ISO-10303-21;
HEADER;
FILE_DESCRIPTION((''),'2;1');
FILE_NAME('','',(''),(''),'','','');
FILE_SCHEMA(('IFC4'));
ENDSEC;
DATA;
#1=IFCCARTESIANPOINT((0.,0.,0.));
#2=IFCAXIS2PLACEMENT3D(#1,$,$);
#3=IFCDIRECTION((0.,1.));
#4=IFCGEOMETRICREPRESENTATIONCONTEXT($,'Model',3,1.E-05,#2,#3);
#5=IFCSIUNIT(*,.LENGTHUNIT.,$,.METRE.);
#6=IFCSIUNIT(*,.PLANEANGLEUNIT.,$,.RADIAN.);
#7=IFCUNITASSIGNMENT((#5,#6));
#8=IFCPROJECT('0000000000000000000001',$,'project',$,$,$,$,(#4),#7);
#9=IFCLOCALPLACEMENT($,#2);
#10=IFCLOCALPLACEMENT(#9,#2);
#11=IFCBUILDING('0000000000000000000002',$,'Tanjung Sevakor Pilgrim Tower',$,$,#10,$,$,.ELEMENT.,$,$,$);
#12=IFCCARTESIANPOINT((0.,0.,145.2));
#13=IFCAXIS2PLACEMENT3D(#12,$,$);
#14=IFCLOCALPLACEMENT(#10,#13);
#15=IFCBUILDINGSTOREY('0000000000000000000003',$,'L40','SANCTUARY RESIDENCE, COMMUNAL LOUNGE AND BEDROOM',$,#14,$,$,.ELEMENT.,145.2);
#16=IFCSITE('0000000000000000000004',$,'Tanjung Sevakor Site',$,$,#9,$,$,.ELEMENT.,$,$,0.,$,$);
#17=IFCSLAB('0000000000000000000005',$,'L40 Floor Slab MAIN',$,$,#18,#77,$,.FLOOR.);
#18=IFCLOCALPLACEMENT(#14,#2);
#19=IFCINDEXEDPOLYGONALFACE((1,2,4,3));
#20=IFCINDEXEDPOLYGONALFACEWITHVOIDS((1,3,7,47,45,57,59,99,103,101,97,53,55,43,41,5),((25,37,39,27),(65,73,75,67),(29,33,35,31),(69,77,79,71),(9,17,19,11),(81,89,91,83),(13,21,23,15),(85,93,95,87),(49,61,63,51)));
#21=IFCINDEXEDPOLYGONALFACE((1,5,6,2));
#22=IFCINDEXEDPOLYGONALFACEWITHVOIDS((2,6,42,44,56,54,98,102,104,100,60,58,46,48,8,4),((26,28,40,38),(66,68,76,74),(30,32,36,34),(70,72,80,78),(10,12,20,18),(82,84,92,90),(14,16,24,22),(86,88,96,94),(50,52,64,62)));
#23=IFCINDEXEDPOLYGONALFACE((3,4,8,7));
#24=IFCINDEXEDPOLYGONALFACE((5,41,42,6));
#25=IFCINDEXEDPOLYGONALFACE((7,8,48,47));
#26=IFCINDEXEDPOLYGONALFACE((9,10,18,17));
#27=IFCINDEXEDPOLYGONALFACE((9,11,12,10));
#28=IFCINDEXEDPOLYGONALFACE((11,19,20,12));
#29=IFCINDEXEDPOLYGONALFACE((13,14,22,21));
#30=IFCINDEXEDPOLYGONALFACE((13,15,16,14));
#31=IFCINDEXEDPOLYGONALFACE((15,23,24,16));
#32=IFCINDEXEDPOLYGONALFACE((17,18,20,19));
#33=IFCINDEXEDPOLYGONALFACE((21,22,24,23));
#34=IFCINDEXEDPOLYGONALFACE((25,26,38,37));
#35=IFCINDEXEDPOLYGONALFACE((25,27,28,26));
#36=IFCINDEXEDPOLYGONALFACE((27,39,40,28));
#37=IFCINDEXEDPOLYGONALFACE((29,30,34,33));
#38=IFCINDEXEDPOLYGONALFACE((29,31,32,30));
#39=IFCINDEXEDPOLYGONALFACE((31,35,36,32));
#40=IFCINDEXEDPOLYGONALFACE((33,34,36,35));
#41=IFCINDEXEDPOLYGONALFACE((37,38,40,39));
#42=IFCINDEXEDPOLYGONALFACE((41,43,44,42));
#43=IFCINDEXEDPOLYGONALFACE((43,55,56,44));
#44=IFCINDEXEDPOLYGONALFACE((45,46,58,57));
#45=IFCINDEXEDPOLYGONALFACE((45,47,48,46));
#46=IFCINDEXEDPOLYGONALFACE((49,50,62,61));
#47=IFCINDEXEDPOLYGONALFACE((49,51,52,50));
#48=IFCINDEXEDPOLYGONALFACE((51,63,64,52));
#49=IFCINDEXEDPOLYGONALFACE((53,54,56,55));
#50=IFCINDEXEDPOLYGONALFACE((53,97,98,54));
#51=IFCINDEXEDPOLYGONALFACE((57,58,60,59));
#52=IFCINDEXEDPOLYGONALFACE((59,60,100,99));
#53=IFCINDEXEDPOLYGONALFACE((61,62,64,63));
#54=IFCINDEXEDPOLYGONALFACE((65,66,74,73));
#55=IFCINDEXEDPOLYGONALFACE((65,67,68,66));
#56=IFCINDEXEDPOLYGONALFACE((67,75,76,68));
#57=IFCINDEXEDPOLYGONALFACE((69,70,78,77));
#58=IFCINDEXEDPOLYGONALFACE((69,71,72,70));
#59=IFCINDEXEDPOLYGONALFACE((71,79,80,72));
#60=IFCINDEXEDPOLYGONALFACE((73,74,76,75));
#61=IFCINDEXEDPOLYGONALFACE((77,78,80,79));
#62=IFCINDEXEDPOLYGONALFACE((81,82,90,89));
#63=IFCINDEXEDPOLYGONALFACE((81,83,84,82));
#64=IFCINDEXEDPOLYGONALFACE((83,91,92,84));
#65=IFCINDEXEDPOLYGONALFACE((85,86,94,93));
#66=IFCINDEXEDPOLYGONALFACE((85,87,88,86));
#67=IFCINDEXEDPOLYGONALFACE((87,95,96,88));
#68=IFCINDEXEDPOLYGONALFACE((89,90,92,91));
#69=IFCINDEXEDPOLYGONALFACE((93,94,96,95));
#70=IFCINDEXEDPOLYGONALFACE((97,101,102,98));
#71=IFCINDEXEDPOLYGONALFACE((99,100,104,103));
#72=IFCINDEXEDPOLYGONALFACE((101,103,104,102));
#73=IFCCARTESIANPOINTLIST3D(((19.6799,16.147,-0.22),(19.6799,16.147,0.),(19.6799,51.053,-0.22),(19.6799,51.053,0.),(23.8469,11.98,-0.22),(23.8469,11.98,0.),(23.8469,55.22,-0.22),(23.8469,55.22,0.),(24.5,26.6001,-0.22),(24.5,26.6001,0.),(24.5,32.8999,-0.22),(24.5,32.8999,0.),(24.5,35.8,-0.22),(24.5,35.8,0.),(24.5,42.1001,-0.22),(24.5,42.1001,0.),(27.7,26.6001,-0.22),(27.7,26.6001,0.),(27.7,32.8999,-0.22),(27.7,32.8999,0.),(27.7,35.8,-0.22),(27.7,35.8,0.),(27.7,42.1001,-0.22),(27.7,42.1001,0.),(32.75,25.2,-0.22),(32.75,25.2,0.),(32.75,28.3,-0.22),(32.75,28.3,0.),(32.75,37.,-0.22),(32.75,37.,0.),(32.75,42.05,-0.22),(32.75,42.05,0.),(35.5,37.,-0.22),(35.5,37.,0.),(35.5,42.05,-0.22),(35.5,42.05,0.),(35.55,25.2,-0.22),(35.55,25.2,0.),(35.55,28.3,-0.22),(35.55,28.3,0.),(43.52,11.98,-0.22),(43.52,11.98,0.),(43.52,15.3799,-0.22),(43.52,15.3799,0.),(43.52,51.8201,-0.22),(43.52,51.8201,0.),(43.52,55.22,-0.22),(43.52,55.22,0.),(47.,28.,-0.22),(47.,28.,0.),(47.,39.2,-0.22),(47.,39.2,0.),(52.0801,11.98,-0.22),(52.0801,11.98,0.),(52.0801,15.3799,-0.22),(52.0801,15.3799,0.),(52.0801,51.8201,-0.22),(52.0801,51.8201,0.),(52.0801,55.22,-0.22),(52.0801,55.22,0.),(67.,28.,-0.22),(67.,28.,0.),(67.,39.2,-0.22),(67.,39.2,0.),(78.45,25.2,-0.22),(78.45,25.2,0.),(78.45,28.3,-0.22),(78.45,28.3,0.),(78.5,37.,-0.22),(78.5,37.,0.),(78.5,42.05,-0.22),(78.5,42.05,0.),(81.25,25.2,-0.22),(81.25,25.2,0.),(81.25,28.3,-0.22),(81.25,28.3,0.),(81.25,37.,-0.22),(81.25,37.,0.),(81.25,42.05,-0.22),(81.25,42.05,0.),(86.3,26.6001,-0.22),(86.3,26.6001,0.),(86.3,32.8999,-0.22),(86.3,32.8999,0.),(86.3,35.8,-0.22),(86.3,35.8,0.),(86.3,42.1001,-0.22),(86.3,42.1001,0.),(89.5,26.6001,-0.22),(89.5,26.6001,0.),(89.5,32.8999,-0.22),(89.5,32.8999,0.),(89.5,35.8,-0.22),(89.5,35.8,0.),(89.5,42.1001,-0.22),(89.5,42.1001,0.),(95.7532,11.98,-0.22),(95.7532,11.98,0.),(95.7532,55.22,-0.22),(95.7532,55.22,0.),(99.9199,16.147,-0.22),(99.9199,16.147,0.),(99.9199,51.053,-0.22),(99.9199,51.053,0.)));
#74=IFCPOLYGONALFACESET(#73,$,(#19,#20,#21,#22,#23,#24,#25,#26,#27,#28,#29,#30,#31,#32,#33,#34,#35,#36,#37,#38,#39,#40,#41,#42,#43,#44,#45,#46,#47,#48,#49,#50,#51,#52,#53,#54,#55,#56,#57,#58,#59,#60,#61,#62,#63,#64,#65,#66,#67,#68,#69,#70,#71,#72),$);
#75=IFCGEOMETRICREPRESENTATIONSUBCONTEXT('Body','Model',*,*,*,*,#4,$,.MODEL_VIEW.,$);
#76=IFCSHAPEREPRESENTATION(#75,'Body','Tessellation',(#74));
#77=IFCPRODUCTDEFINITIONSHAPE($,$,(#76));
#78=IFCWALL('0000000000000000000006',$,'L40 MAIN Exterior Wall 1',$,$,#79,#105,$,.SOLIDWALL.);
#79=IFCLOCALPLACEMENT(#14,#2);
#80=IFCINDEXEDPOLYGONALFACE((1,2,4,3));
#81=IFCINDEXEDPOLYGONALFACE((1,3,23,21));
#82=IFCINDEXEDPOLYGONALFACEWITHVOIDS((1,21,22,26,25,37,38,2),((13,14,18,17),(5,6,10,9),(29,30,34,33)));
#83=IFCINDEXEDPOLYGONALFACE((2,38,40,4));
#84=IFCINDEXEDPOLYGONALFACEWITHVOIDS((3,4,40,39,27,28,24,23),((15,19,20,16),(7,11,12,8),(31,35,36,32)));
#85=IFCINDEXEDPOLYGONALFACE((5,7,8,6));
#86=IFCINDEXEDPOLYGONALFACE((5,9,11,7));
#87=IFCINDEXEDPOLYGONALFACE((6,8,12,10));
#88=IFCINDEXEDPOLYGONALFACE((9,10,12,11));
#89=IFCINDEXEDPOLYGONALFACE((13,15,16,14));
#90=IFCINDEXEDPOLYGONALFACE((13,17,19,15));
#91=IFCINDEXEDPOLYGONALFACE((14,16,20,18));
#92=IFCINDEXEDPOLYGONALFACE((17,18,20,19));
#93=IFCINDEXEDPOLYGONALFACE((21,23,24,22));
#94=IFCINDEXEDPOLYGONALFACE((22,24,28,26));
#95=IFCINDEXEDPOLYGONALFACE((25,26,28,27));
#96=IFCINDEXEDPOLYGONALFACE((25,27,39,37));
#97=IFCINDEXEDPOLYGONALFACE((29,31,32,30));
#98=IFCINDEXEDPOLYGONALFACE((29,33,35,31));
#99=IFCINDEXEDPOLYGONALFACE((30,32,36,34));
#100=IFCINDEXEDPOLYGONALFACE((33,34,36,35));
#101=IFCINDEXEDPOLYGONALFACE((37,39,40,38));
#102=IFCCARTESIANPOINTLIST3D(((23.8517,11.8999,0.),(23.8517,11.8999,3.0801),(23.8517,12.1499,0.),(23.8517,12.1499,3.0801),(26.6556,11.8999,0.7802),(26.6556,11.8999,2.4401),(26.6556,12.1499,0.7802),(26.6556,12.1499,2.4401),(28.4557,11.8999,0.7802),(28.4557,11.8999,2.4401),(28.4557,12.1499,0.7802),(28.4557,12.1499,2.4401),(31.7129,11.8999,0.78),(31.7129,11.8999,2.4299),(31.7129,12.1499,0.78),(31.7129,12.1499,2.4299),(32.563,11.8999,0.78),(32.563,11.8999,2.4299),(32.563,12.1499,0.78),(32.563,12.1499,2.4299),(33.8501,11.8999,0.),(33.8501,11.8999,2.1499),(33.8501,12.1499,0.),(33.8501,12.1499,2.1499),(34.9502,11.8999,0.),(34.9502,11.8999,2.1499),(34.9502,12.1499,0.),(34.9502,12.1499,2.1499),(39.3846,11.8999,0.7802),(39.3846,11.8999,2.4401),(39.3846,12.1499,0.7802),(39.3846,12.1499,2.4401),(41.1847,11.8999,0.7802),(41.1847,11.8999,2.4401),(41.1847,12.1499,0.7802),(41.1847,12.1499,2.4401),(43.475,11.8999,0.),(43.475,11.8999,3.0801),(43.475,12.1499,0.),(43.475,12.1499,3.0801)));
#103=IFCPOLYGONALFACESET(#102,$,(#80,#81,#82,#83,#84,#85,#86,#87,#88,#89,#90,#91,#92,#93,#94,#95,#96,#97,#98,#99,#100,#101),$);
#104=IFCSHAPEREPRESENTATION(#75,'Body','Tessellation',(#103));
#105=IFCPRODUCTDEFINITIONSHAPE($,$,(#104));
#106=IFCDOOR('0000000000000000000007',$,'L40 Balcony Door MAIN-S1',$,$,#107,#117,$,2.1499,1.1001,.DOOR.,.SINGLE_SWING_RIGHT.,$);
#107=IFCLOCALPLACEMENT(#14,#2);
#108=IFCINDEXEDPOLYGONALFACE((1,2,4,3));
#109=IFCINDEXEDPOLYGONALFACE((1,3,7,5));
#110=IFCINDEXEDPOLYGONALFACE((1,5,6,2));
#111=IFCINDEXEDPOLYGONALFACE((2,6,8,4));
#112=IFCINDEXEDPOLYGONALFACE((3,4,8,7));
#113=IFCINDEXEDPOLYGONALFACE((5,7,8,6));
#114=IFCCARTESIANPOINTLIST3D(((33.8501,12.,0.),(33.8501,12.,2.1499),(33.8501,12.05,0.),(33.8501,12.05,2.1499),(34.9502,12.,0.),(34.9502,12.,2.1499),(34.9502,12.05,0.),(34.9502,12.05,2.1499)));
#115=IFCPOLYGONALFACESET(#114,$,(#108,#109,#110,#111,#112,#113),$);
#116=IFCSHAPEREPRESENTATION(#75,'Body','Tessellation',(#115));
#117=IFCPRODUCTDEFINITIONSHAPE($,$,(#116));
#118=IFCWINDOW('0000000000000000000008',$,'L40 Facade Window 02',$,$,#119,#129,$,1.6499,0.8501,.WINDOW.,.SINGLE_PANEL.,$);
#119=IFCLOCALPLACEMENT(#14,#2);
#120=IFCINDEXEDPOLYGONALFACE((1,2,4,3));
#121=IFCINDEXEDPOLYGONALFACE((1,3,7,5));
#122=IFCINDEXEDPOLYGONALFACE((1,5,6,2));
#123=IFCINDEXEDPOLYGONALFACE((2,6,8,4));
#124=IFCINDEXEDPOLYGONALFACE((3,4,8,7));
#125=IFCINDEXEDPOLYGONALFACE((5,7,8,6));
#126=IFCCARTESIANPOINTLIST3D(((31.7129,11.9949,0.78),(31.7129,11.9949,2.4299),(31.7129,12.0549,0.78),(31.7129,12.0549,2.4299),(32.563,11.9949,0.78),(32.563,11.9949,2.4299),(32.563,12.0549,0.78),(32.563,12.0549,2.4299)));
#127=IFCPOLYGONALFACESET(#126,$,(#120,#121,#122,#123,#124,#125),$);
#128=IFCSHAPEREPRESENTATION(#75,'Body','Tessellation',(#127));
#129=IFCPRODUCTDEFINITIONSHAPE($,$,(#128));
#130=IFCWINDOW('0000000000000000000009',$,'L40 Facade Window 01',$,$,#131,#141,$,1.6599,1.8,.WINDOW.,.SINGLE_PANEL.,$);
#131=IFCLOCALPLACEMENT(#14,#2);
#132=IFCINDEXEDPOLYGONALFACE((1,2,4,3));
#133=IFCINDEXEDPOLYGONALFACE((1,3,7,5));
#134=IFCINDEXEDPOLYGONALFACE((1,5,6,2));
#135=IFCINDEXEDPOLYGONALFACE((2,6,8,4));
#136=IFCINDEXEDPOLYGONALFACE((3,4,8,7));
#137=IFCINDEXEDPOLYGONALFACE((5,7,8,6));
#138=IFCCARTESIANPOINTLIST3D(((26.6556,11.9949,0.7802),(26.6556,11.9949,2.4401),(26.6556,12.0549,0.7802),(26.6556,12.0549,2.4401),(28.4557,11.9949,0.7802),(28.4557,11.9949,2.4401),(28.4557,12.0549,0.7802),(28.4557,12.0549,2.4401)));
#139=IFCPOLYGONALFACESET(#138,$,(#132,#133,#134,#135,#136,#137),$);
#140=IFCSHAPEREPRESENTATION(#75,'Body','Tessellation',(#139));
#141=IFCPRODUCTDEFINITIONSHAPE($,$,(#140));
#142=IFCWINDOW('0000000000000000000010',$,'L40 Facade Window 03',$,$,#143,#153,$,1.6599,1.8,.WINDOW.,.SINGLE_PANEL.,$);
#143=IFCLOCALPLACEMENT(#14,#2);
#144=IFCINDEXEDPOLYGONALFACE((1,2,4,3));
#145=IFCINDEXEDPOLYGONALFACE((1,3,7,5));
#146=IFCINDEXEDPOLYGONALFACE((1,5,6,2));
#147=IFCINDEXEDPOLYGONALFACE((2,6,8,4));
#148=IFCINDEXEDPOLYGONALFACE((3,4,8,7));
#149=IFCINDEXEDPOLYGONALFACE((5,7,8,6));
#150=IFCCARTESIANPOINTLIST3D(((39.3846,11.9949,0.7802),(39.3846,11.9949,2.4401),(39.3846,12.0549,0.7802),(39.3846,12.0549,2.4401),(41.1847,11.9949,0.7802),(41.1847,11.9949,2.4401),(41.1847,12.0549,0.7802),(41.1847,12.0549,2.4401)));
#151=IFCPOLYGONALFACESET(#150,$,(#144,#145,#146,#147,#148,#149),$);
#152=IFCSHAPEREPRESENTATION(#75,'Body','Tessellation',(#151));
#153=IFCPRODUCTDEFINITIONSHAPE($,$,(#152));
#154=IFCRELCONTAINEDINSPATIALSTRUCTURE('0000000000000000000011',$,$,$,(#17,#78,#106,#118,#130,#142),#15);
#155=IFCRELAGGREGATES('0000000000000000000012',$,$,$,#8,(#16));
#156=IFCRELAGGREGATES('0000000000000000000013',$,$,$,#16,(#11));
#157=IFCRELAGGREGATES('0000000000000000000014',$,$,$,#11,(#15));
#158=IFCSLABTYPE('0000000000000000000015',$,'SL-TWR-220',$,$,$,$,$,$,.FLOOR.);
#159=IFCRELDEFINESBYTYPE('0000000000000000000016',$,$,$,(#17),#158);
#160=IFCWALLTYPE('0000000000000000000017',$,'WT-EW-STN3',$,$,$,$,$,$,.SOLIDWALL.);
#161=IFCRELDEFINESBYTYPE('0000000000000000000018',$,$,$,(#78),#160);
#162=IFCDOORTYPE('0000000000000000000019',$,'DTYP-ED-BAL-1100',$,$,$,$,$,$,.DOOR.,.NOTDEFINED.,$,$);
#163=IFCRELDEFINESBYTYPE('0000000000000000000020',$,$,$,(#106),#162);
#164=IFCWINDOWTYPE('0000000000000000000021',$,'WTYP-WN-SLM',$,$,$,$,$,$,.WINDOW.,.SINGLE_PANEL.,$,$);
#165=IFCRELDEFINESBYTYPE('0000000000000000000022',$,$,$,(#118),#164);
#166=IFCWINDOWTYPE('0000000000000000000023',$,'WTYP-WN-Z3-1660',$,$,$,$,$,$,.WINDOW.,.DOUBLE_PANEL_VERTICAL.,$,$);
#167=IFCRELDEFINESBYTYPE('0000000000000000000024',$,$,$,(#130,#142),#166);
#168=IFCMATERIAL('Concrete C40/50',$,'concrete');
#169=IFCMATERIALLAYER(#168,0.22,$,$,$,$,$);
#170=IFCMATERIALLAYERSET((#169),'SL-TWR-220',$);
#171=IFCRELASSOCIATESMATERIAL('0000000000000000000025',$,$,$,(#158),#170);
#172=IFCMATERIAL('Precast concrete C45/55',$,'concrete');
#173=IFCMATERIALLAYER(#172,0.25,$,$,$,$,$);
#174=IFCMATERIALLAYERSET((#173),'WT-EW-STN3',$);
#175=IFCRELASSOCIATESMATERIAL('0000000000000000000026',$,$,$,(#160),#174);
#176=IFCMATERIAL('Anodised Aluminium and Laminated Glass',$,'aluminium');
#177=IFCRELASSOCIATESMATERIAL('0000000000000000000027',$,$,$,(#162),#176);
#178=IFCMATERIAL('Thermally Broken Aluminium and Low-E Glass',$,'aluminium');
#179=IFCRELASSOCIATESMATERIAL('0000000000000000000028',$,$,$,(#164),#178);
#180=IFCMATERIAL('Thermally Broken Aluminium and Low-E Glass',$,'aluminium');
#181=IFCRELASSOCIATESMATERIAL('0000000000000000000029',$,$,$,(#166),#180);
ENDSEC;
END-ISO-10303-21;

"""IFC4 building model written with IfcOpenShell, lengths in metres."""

from ifc_helpers import new_model, si_unit, direction, frame, frame_2d, origin, place, context, subcontext, project, spatial, polyline, rectangle, outline, extrude, material, layer, layer_set, type_object, element, fill, save


model = new_model("IFC4")

# Units and contexts
model_context = context("Model", 3, precision=1e-05, world=origin(), true_north=direction((0.0, 1.0)))
body_context = subcontext(model_context, "Body", "Model", "MODEL_VIEW")
ifc_project = project(units=[si_unit("LENGTHUNIT", "METRE"), si_unit("PLANEANGLEUNIT", "RADIAN")], contexts=[model_context])

# Site, building, storey
site_placement = place(None, origin())
site = spatial("IfcSite", under=ifc_project, at=site_placement, Name="Tanjung Sevakor Site", CompositionType="ELEMENT", RefElevation=0.0)
building_placement = place(site_placement, origin())
building = spatial("IfcBuilding", under=site, at=building_placement, Name="Tanjung Sevakor Pilgrim Tower", CompositionType="ELEMENT")
storey_placement = place(building_placement, frame((0.0, 0.0, 145.2)))
storey = spatial("IfcBuildingStorey", under=building, at=storey_placement, Name="L40", Description="SANCTUARY RESIDENCE, COMMUNAL LOUNGE AND BEDROOM", CompositionType="ELEMENT", Elevation=145.2)

# Slab
ifc_material_1 = material(Name="Concrete C40/50", Category="concrete")
ifc_layer_1 = layer(ifc_material_1, 0.22)
ifc_layer_set_1 = layer_set([ifc_layer_1], Name="SL-TWR-220")
slab_type_1 = type_object("IfcSlabType", Name="SL-TWR-220", PredefinedType="FLOOR", material=ifc_layer_set_1)
slab_1_placement = place(storey_placement, frame((0.0, 0.0, -0.22)))
element("IfcSlab", 1, at=slab_1_placement, inside=storey, type_object=slab_type_1, Name="L40 Floor Slab MAIN", PredefinedType="FLOOR", context=body_context, shape_type="SweptSolid", body=[
    extrude(outline(polyline([(23.8469, 11.98), (43.52, 11.98), (43.52, 15.3799), (52.0801, 15.3799), (52.0801, 11.98), (95.7532, 11.98), (99.9199, 16.147), (99.9199, 51.053), (95.7532, 55.22), (52.0801, 55.22), (52.0801, 51.8201), (43.52, 51.8201), (43.52, 55.22), (23.8469, 55.22), (19.6799, 51.053), (19.6799, 16.147), (23.8469, 11.98)]), holes=[polyline([(27.7, 26.6001), (27.7, 32.8999), (24.5, 32.8999), (24.5, 26.6001), (27.7, 26.6001)]), polyline([(27.7, 35.8), (27.7, 42.1001), (24.5, 42.1001), (24.5, 35.8), (27.7, 35.8)]), polyline([(89.5, 26.6001), (89.5, 32.8999), (86.3, 32.8999), (86.3, 26.6001), (89.5, 26.6001)]), polyline([(89.5, 35.8), (89.5, 42.1001), (86.3, 42.1001), (86.3, 35.8), (89.5, 35.8)]), polyline([(32.75, 25.2), (35.55, 25.2), (35.55, 28.3), (32.75, 28.3), (32.75, 25.2)]), polyline([(32.75, 37.0), (35.5, 37.0), (35.5, 42.05), (32.75, 42.05), (32.75, 37.0)]), polyline([(78.45, 25.2), (81.25, 25.2), (81.25, 28.3), (78.45, 28.3), (78.45, 25.2)]), polyline([(78.5, 37.0), (81.25, 37.0), (81.25, 42.05), (78.5, 42.05), (78.5, 37.0)]), polyline([(47.0, 28.0), (67.0, 28.0), (67.0, 39.2), (47.0, 39.2), (47.0, 28.0)])]), origin(), (0.0, 0.0, 1.0), 0.22),
])

# Wall, openings, door, windows
ifc_material_2 = material(Name="Precast concrete C45/55", Category="concrete")
ifc_layer_2 = layer(ifc_material_2, 0.25)
ifc_layer_set_2 = layer_set([ifc_layer_2], Name="WT-EW-STN3")
wall_type = type_object("IfcWallType", Name="WT-EW-STN3", PredefinedType="SOLIDWALL", material=ifc_layer_set_2)
wall_placement = place(storey_placement, frame((23.8518, 12.0249, 0.0), z_axis=(0.0, 0.0, 1.0), x_axis=(1.0, 0.0, 0.0)))
wall = element("IfcWall", 2, at=wall_placement, inside=storey, type_object=wall_type, Name="L40 MAIN Exterior Wall 1", PredefinedType="SOLIDWALL", context=body_context, shape_type="SweptSolid", body=[
    extrude(rectangle(XDim=19.6233, YDim=0.25, at=frame_2d((9.8115, 0.0))), origin(), (0.0, 0.0, 1.0), 3.0801),
])
opening_1_placement = place(wall_placement, frame((9.9983, 0.0, 0.0)))
opening_1 = element("IfcOpeningElement", 3, at=opening_1_placement, cuts=wall, PredefinedType="OPENING", context=body_context, shape_type="SweptSolid", body=[
    extrude(rectangle(XDim=1.1001, YDim=2.1499, at=frame_2d((0.55, 1.075))), frame((0.0, 0.135, 0.0), z_axis=(0.0, -1.0, 0.0), x_axis=(1.0, 0.0, 0.0)), (0.0, 0.0, 1.0), 0.27),
])
opening_2_placement = place(wall_placement, frame((2.804, 0.0, 0.78)))
opening_2 = element("IfcOpeningElement", 4, at=opening_2_placement, cuts=wall, PredefinedType="OPENING", context=body_context, shape_type="SweptSolid", body=[
    extrude(rectangle(XDim=1.8, YDim=1.6599, at=frame_2d((0.8999, 0.8301))), frame((0.0, 0.135, 0.0), z_axis=(0.0, -1.0, 0.0), x_axis=(1.0, 0.0, 0.0)), (0.0, 0.0, 1.0), 0.27),
])
opening_3_placement = place(wall_placement, frame((7.8611, 0.0, 0.78)))
opening_3 = element("IfcOpeningElement", 5, at=opening_3_placement, cuts=wall, PredefinedType="OPENING", context=body_context, shape_type="SweptSolid", body=[
    extrude(rectangle(XDim=0.8501, YDim=1.6499, at=frame_2d((0.425, 0.825))), frame((0.0, 0.135, 0.0), z_axis=(0.0, -1.0, 0.0), x_axis=(1.0, 0.0, 0.0)), (0.0, 0.0, 1.0), 0.27),
])
opening_4_placement = place(wall_placement, frame((15.533, 0.0, 0.78)))
opening_4 = element("IfcOpeningElement", 6, at=opening_4_placement, cuts=wall, PredefinedType="OPENING", context=body_context, shape_type="SweptSolid", body=[
    extrude(rectangle(XDim=1.8, YDim=1.6599, at=frame_2d((0.8999, 0.8301))), frame((0.0, 0.135, 0.0), z_axis=(0.0, -1.0, 0.0), x_axis=(1.0, 0.0, 0.0)), (0.0, 0.0, 1.0), 0.27),
])
ifc_material_3 = material(Name="Anodised Aluminium and Laminated Glass", Category="aluminium")
door_type = type_object("IfcDoorType", Name="DTYP-ED-BAL-1100", OperationType="NOTDEFINED", PredefinedType="DOOR", material=ifc_material_3)
door_placement = place(opening_1_placement, frame((1.1001, 0.0, 0.0), z_axis=(0.0, 0.0, 1.0), x_axis=(-1.0, 0.0, 0.0)))
door = element("IfcDoor", 7, at=door_placement, inside=storey, type_object=door_type, Name="L40 Balcony Door MAIN-S1", OperationType="SINGLE_SWING_RIGHT", OverallHeight=2.1499, OverallWidth=1.1001, PredefinedType="DOOR", context=body_context, shape_type="SweptSolid", body=[
    extrude(rectangle(XDim=1.1001, YDim=2.1499, at=frame_2d((0.55, 1.075))), frame((0.0, 0.0249, 0.0), z_axis=(0.0, -1.0, 0.0), x_axis=(1.0, 0.0, 0.0)), (0.0, 0.0, 1.0), 0.05),
])
fill(opening_1, door)
ifc_material_4 = material(Name="Thermally Broken Aluminium and Low-E Glass", Category="aluminium")
window_type_1 = type_object("IfcWindowType", Name="WTYP-WN-SLM", PartitioningType="SINGLE_PANEL", PredefinedType="WINDOW", material=ifc_material_4)
window_1_placement = place(opening_3_placement, origin())
window_1 = element("IfcWindow", 8, at=window_1_placement, inside=storey, type_object=window_type_1, Name="L40 Facade Window 02", OverallHeight=1.6499, OverallWidth=0.8501, PartitioningType="SINGLE_PANEL", PredefinedType="WINDOW", context=body_context, shape_type="SweptSolid", body=[
    extrude(rectangle(XDim=0.8501, YDim=1.6499, at=frame_2d((0.425, 0.825))), frame((0.0, 0.03, 0.0), z_axis=(0.0, -1.0, 0.0), x_axis=(1.0, 0.0, 0.0)), (0.0, 0.0, 1.0), 0.0601),
])
fill(opening_3, window_1)
ifc_material_5 = material(Name="Thermally Broken Aluminium and Low-E Glass", Category="aluminium")
window_type_2 = type_object("IfcWindowType", Name="WTYP-WN-Z3-1660", PartitioningType="DOUBLE_PANEL_VERTICAL", PredefinedType="WINDOW", material=ifc_material_5)
window_2_placement = place(opening_2_placement, origin())
window_2 = element("IfcWindow", 9, at=window_2_placement, inside=storey, type_object=window_type_2, Name="L40 Facade Window 01", OverallHeight=1.6599, OverallWidth=1.8, PartitioningType="SINGLE_PANEL", PredefinedType="WINDOW", context=body_context, shape_type="SweptSolid", body=[
    extrude(rectangle(XDim=1.8, YDim=1.6599, at=frame_2d((0.8999, 0.8301))), frame((0.0, 0.03, 0.0), z_axis=(0.0, -1.0, 0.0), x_axis=(1.0, 0.0, 0.0)), (0.0, 0.0, 1.0), 0.0601),
])
fill(opening_2, window_2)
window_3_placement = place(opening_4_placement, origin())
window_3 = element("IfcWindow", 10, at=window_3_placement, inside=storey, type_object=window_type_2, Name="L40 Facade Window 03", OverallHeight=1.6599, OverallWidth=1.8, PartitioningType="SINGLE_PANEL", PredefinedType="WINDOW", context=body_context, shape_type="SweptSolid", body=[
    extrude(rectangle(XDim=1.8, YDim=1.6599, at=frame_2d((0.8999, 0.8301))), frame((0.0, 0.03, 0.0), z_axis=(0.0, -1.0, 0.0), x_axis=(1.0, 0.0, 0.0)), (0.0, 0.0, 1.0), 0.0601),
])
fill(opening_4, window_3)

save(model, "model.ifc")
